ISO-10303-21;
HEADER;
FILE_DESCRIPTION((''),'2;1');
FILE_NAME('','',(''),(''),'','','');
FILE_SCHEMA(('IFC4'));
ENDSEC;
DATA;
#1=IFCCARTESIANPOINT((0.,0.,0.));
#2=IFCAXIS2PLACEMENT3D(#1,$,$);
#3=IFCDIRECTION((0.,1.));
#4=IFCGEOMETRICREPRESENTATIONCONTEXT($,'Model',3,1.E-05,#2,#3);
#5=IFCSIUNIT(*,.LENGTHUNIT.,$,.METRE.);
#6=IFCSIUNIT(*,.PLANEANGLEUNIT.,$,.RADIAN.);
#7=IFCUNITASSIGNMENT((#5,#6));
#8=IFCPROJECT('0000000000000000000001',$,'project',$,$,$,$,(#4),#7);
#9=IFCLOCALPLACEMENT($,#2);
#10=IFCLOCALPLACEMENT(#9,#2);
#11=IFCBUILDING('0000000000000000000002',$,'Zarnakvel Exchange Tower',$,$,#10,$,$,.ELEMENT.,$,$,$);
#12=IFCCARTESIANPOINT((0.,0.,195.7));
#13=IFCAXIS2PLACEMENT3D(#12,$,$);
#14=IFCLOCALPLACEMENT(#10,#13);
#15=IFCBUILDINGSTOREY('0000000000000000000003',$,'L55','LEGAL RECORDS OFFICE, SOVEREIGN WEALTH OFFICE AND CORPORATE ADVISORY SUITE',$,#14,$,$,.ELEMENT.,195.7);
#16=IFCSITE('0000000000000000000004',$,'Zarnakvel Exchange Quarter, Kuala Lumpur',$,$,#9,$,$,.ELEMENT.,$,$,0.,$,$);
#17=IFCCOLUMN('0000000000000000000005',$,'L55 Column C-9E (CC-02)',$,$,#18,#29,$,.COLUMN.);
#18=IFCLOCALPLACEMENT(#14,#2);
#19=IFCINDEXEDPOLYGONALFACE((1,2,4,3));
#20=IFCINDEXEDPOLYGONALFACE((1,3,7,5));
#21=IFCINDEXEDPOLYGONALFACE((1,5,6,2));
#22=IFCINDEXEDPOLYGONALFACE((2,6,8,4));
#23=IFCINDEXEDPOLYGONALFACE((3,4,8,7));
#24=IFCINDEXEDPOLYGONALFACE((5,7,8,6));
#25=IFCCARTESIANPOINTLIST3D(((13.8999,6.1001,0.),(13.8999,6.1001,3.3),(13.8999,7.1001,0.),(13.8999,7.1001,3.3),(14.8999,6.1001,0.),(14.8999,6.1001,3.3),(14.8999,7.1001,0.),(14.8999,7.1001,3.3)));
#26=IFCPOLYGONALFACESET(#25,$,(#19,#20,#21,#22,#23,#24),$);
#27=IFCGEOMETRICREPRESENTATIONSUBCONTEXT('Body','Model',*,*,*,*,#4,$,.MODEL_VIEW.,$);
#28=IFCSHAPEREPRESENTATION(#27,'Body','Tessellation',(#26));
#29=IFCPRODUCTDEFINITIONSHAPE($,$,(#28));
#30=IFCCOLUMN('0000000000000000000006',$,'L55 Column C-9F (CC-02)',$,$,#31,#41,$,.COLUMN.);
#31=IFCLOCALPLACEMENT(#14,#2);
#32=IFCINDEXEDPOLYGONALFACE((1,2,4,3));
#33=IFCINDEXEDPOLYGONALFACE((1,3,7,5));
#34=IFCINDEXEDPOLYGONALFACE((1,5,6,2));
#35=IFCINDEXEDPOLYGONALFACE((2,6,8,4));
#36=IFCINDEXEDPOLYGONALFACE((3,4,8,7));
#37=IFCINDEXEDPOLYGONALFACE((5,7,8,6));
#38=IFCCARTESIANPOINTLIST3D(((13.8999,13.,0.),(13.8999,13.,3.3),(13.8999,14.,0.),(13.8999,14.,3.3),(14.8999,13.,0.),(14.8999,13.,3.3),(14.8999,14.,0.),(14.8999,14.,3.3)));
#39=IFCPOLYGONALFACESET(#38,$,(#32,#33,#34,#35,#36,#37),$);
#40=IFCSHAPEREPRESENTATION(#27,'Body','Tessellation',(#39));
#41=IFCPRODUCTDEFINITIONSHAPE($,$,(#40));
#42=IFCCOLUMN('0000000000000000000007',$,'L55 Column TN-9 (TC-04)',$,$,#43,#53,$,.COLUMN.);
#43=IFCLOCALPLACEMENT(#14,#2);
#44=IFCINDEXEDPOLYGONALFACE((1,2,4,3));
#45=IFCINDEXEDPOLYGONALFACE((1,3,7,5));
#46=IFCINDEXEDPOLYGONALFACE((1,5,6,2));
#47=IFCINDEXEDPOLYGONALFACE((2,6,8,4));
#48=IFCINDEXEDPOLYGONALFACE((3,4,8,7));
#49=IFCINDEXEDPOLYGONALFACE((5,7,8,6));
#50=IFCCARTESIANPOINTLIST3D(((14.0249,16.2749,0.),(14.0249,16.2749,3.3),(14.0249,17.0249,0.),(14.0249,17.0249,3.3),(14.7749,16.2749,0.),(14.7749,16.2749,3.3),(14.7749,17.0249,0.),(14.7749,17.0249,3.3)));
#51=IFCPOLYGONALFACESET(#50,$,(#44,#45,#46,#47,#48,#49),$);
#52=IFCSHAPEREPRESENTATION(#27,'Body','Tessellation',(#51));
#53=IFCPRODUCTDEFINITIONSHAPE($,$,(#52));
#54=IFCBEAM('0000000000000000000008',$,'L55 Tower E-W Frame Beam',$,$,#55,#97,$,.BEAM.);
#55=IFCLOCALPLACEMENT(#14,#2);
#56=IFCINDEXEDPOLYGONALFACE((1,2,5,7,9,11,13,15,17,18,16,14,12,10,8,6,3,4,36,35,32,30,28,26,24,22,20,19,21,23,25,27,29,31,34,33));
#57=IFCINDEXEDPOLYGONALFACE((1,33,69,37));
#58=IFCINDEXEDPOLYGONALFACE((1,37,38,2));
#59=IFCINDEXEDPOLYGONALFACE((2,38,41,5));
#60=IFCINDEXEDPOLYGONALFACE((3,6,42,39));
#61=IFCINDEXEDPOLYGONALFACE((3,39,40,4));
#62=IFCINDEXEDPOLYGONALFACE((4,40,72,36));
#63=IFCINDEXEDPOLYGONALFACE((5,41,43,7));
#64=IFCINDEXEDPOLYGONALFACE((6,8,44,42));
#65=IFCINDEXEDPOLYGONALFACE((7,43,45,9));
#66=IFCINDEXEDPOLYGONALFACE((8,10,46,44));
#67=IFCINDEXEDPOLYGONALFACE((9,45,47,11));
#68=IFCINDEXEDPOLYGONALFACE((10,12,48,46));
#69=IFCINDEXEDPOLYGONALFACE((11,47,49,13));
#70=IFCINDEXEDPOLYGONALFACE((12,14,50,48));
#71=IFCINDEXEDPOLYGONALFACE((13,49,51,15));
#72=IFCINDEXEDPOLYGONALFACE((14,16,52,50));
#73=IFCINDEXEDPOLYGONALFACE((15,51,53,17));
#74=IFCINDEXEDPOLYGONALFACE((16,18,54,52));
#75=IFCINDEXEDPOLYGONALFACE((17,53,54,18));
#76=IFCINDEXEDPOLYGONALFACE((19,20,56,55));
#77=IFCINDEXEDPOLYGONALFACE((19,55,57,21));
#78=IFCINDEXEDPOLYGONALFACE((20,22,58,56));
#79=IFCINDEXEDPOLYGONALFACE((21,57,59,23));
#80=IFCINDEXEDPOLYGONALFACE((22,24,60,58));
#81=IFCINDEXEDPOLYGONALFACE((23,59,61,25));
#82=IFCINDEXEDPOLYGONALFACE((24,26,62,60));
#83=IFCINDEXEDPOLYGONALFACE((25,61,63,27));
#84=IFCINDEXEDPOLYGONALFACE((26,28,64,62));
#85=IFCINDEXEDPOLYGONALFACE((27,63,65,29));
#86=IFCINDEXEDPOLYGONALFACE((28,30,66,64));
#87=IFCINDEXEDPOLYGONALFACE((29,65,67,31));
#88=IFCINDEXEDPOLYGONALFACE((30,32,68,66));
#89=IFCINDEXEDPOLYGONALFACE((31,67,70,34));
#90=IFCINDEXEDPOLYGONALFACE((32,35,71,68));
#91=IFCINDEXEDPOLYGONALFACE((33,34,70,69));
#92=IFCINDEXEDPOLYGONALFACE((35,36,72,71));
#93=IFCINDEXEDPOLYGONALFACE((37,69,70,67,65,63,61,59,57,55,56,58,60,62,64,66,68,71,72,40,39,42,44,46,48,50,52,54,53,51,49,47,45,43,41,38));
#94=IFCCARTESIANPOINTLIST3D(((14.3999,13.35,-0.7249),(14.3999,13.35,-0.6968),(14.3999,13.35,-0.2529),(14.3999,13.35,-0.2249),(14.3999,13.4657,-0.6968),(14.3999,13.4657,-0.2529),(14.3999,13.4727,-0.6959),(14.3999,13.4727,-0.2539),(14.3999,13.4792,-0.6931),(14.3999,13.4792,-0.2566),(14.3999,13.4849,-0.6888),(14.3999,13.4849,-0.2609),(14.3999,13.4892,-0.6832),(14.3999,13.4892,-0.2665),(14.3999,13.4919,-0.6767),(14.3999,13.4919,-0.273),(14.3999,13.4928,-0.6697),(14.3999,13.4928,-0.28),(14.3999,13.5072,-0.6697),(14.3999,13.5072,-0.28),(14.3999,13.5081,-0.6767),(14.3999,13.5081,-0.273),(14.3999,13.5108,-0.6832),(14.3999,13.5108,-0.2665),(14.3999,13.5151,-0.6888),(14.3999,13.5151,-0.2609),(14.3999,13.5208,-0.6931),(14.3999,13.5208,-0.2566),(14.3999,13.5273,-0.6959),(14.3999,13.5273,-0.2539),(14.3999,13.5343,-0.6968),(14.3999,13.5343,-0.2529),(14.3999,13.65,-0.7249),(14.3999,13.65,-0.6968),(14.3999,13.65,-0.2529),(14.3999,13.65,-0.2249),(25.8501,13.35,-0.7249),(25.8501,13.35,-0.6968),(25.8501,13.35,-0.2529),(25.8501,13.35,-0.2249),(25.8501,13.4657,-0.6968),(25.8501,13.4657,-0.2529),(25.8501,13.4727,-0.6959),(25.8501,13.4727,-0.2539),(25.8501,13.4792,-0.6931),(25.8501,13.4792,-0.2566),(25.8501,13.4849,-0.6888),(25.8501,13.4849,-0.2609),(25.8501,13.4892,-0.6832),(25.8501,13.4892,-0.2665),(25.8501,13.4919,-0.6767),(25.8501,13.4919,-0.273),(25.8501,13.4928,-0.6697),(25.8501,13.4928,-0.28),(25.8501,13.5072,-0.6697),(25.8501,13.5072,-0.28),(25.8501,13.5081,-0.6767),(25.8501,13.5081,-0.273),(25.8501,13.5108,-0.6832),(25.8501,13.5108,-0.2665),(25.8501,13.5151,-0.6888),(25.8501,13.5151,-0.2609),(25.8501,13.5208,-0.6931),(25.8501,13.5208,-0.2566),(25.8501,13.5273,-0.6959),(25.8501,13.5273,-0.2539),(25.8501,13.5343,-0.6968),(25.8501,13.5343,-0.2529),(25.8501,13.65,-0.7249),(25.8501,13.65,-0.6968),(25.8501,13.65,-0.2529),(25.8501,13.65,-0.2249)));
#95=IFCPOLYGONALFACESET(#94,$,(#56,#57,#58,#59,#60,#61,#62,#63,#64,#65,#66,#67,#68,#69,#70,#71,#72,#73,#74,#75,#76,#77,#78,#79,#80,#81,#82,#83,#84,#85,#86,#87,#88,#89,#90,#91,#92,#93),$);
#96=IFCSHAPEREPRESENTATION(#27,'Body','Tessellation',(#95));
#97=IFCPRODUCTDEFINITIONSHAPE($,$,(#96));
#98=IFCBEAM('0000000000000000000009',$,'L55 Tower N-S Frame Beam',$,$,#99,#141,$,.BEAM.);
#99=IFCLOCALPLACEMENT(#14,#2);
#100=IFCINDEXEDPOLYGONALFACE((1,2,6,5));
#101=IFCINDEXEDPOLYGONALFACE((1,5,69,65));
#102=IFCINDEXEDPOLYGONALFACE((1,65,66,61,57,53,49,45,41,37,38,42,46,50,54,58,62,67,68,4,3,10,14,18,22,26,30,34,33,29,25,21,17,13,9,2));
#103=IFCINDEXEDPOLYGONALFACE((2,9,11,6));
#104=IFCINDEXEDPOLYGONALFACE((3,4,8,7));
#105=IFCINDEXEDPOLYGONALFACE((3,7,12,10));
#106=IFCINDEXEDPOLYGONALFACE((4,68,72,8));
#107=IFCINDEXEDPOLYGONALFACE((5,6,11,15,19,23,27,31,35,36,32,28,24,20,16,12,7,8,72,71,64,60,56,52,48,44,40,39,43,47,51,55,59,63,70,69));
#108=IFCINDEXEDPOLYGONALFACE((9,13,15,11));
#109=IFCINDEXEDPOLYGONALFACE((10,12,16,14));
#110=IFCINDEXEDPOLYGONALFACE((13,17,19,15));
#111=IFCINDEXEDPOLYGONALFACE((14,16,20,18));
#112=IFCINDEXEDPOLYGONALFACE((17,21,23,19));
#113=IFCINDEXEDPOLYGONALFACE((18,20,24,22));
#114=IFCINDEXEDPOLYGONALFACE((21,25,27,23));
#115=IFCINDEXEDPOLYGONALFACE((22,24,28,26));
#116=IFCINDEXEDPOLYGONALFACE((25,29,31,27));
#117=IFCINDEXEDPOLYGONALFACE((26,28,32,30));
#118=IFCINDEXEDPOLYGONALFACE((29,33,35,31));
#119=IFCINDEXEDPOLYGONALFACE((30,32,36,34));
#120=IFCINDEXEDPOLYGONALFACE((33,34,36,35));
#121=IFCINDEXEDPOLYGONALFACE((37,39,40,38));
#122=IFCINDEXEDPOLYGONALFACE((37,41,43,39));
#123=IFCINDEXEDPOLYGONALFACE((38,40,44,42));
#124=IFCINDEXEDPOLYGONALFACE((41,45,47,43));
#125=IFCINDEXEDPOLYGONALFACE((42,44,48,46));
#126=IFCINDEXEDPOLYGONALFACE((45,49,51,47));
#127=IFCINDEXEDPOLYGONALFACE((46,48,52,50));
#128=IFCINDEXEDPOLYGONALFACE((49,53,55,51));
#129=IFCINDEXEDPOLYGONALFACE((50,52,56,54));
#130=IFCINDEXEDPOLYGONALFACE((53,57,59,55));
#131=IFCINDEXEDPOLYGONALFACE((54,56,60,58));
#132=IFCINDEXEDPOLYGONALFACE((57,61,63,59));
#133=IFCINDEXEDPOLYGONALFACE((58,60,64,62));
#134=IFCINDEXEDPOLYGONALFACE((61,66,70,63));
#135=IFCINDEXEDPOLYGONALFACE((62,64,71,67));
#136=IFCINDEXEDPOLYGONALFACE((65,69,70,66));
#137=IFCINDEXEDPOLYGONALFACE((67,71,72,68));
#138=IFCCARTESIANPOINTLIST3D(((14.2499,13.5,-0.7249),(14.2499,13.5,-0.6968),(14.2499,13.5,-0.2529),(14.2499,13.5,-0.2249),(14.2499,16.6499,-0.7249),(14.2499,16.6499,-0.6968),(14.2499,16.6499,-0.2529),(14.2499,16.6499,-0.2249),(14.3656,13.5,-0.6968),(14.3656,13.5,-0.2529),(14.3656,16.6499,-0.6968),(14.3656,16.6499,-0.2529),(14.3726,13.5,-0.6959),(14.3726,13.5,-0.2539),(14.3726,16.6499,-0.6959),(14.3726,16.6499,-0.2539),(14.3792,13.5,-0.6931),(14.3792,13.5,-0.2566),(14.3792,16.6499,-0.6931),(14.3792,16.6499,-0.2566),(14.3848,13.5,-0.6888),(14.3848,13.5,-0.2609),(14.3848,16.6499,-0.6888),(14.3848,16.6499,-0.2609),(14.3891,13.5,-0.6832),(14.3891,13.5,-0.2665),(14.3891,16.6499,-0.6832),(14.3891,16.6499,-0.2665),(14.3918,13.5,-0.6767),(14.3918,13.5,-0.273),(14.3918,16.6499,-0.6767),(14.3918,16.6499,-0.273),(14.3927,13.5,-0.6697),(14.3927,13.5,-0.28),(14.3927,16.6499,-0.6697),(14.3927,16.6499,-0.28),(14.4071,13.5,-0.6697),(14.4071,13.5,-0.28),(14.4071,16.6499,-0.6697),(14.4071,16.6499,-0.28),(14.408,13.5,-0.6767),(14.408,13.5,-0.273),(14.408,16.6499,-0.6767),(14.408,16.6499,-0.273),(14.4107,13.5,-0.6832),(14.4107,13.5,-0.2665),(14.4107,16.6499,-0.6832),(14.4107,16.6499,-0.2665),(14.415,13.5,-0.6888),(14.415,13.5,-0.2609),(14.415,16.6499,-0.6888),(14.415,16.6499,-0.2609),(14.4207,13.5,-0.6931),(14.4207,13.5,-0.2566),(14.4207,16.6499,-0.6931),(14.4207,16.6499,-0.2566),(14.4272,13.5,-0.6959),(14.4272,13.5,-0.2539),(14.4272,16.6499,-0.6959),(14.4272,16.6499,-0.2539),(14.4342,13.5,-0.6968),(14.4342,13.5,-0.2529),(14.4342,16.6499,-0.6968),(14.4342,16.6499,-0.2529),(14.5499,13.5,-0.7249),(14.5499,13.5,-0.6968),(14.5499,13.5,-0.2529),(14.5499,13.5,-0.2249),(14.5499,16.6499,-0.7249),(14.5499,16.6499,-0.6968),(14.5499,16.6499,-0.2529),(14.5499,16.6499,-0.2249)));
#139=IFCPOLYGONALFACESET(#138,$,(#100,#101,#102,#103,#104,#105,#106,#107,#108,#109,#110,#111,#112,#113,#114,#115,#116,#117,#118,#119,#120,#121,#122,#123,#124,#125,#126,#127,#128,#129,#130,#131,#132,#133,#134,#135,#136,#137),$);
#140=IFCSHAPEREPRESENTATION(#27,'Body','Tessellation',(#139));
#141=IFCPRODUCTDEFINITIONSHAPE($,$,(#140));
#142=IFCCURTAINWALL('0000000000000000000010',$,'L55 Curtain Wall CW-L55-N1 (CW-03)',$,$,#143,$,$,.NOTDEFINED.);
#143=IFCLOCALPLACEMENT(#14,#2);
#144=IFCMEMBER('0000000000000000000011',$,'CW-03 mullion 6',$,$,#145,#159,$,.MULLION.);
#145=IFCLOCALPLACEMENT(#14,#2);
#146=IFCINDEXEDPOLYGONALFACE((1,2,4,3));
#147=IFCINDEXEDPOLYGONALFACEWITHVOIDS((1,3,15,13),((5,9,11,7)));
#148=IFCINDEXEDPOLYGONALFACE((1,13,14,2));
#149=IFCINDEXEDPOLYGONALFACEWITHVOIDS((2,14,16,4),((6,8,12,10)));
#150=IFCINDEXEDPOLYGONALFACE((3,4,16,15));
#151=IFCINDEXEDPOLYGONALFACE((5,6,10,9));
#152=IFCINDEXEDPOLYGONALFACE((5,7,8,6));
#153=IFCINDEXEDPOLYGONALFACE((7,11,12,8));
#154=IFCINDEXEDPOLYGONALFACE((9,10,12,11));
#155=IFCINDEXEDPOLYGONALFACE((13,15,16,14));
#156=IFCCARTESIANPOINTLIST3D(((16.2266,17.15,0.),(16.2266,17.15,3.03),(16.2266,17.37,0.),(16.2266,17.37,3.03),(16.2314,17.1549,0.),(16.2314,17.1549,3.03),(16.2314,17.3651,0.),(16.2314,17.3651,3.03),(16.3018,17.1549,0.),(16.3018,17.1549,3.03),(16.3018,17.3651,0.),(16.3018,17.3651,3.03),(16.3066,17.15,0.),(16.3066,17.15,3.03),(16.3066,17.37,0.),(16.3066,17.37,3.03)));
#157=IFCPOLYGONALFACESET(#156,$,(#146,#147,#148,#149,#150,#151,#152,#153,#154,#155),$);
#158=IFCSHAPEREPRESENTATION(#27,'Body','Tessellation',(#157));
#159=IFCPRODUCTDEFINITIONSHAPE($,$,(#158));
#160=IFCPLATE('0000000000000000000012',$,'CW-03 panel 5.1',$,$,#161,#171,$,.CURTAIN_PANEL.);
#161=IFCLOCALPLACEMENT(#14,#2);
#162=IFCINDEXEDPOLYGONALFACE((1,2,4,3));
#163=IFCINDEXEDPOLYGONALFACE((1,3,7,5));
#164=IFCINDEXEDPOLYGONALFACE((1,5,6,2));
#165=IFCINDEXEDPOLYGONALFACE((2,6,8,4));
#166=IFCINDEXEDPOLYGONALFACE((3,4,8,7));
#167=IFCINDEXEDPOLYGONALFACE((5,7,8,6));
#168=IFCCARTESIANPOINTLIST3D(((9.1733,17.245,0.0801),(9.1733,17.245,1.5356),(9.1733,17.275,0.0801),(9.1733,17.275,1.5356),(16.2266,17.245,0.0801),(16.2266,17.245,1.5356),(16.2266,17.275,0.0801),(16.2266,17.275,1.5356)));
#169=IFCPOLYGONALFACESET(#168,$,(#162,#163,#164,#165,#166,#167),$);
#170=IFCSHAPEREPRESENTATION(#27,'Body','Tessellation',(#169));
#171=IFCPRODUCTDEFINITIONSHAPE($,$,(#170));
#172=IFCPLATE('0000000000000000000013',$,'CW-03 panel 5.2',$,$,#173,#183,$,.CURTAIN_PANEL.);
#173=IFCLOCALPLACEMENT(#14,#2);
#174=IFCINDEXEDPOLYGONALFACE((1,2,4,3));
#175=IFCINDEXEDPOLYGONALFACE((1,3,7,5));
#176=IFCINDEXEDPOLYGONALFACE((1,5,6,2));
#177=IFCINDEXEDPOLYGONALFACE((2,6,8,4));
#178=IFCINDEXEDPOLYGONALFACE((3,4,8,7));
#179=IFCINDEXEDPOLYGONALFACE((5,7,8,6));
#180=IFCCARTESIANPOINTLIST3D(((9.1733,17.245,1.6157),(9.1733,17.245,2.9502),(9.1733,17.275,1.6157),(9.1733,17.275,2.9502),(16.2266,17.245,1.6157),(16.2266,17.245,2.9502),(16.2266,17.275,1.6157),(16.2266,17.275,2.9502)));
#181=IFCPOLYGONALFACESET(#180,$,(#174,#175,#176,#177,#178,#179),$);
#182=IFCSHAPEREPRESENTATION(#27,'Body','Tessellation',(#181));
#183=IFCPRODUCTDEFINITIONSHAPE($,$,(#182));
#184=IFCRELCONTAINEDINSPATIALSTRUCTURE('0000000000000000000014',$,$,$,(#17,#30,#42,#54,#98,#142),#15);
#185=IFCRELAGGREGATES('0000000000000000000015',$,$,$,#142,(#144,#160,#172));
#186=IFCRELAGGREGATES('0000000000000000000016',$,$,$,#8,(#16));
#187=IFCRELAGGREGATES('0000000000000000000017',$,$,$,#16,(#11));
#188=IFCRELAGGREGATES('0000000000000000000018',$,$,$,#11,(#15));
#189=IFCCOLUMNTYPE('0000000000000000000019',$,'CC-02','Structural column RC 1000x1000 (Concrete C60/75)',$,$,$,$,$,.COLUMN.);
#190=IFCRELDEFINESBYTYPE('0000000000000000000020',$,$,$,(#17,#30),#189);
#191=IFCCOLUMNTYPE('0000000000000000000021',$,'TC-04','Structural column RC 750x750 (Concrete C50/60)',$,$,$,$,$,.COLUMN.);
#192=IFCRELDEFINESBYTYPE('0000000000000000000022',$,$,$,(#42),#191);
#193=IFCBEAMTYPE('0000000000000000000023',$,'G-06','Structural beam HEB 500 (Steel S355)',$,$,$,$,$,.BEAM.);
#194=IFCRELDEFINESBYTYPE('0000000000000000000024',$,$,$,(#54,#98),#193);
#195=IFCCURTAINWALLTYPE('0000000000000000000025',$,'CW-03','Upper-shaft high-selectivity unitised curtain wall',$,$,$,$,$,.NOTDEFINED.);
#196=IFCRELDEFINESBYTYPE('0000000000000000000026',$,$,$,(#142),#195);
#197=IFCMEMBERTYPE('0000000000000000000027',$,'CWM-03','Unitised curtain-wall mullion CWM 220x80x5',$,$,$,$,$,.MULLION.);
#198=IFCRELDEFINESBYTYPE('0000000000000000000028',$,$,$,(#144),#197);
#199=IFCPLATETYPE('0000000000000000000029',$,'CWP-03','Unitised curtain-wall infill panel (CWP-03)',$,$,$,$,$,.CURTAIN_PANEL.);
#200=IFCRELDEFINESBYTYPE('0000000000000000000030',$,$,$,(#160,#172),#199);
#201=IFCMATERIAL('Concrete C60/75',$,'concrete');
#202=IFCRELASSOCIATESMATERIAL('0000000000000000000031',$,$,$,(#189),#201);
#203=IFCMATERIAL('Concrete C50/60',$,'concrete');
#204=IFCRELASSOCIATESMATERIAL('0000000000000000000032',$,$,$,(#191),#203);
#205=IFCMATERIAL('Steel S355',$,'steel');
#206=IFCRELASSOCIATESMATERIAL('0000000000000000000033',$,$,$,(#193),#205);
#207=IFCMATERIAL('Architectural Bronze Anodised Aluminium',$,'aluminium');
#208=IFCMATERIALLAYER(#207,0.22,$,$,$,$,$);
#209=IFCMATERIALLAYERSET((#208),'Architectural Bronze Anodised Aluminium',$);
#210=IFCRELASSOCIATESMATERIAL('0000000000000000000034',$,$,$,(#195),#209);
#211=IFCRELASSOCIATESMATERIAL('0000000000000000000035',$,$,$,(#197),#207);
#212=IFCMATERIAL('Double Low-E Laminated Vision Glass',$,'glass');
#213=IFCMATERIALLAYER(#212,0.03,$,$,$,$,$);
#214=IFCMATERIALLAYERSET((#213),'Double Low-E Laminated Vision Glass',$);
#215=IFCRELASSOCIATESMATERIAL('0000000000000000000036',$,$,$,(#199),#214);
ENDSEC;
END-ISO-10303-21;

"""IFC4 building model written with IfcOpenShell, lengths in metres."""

from ifc_helpers import new_model, si_unit, direction, frame, origin, origin_2d, place, context, subcontext, project, spatial, rectangle, hollow_rectangle, i_section, extrude, source, transform, mapped, material, layer, layer_set, material_profile, profile_set, type_object, element, aggregate, save


model = new_model("IFC4")

# Units and contexts
model_context = context("Model", 3, precision=1e-05, world=origin(), true_north=direction((0.0, 1.0)))
body_context = subcontext(model_context, "Body", "Model", "MODEL_VIEW")
ifc_project = project(units=[si_unit("LENGTHUNIT", "METRE"), si_unit("PLANEANGLEUNIT", "RADIAN")], contexts=[model_context])

# Site, building, storey
site_placement = place(None, origin())
site = spatial("IfcSite", under=ifc_project, at=site_placement, Name="Zarnakvel Exchange Quarter, Kuala Lumpur", CompositionType="ELEMENT", RefElevation=0.0)
building_placement = place(site_placement, origin())
building = spatial("IfcBuilding", under=site, at=building_placement, Name="Zarnakvel Exchange Tower", CompositionType="ELEMENT")
storey_placement = place(building_placement, frame((0.0, 0.0, 195.7)))
storey = spatial("IfcBuildingStorey", under=building, at=storey_placement, Name="L55", Description="LEGAL RECORDS OFFICE, SOVEREIGN WEALTH OFFICE AND CORPORATE ADVISORY SUITE", CompositionType="ELEMENT", Elevation=195.7)

# Columns
ifc_material_1 = material(Name="Concrete C60/75", Category="concrete")
ifc_material_profile_1 = material_profile(ifc_material_1, rectangle(XDim=1.0, YDim=1.0, at=origin_2d()))
ifc_profile_set_1 = profile_set([ifc_material_profile_1], Name="Concrete C60/75")
column_type_1 = type_object("IfcColumnType", Name="CC-02", Description="Structural column RC 1000x1000 (Concrete C60/75)", PredefinedType="COLUMN", material=ifc_profile_set_1)
for number, where, z_axis, x_axis, name in (
    (1, (14.3999, 6.6001, 0.0), (0.0, 0.0, 1.0), (1.0, 0.0, 0.0), "L55 Column C-9E (CC-02)"),
    (2, (14.3999, 13.5, 0.0), (0.0, 0.0, 1.0), (1.0, 0.0, 0.0), "L55 Column C-9F (CC-02)"),
):
    element("IfcColumn", number, at=place(storey_placement, frame(where, z_axis=z_axis, x_axis=x_axis)), inside=storey, type_object=column_type_1, Name=name, PredefinedType="COLUMN", context=body_context, shape_type="SweptSolid", body=[
        extrude(rectangle(XDim=1.0, YDim=1.0, at=origin_2d()), origin(), (0.0, 0.0, 1.0), 3.3),
    ])
ifc_material_2 = material(Name="Concrete C50/60", Category="concrete")
ifc_material_profile_2 = material_profile(ifc_material_2, rectangle(XDim=0.75, YDim=0.75, at=origin_2d()))
ifc_profile_set_2 = profile_set([ifc_material_profile_2], Name="Concrete C50/60")
column_type_2 = type_object("IfcColumnType", Name="TC-04", Description="Structural column RC 750x750 (Concrete C50/60)", PredefinedType="COLUMN", material=ifc_profile_set_2)
column_placement = place(storey_placement, frame((14.3999, 16.6499, 0.0), z_axis=(0.0, 0.0, 1.0), x_axis=(1.0, 0.0, 0.0)))
element("IfcColumn", 3, at=column_placement, inside=storey, type_object=column_type_2, Name="L55 Column TN-9 (TC-04)", PredefinedType="COLUMN", context=body_context, shape_type="SweptSolid", body=[
    extrude(rectangle(XDim=0.75, YDim=0.75, at=origin_2d()), origin(), (0.0, 0.0, 1.0), 3.3),
])

# Beams
ifc_material_3 = material(Name="Steel S355", Category="steel")
ifc_material_profile_3 = material_profile(ifc_material_3, i_section(OverallWidth=0.3, OverallDepth=0.5, WebThickness=0.0144, FlangeThickness=0.0281, FilletRadius=0.0271, at=origin_2d()))
ifc_profile_set_3 = profile_set([ifc_material_profile_3], Name="Steel S355")
beam_type = type_object("IfcBeamType", Name="G-06", Description="Structural beam HEB 500 (Steel S355)", PredefinedType="BEAM", material=ifc_profile_set_3)
beam_1_placement = place(storey_placement, frame((14.3999, 13.5, -0.4749), z_axis=(1.0, 0.0, 0.0), x_axis=(0.0, 1.0, 0.0)))
element("IfcBeam", 4, at=beam_1_placement, inside=storey, type_object=beam_type, Name="L55 Tower E-W Frame Beam", PredefinedType="BEAM", context=body_context, shape_type="SweptSolid", body=[
    extrude(i_section(OverallWidth=0.3, OverallDepth=0.5, WebThickness=0.0144, FlangeThickness=0.0281, FilletRadius=0.0271, at=origin_2d()), origin(), (0.0, 0.0, 1.0), 11.4502),
])
beam_2_placement = place(storey_placement, frame((14.3999, 13.5, -0.4749), z_axis=(0.0, 1.0, 0.0), x_axis=(-1.0, 0.0, 0.0)))
element("IfcBeam", 5, at=beam_2_placement, inside=storey, type_object=beam_type, Name="L55 Tower N-S Frame Beam", PredefinedType="BEAM", context=body_context, shape_type="SweptSolid", body=[
    extrude(i_section(OverallWidth=0.3, OverallDepth=0.5, WebThickness=0.0144, FlangeThickness=0.0281, FilletRadius=0.0271, at=origin_2d()), origin(), (0.0, 0.0, 1.0), 3.1499),
])

# Curtain wall, member, plates
ifc_material_4 = material(Name="Architectural Bronze Anodised Aluminium", Category="aluminium")
ifc_layer_1 = layer(ifc_material_4, 0.22)
ifc_layer_set_1 = layer_set([ifc_layer_1], Name="Architectural Bronze Anodised Aluminium")
curtain_wall_type = type_object("IfcCurtainWallType", Name="CW-03", Description="Upper-shaft high-selectivity unitised curtain wall", PredefinedType="NOTDEFINED", material=ifc_layer_set_1)
curtain_wall_placement = place(storey_placement, origin())
curtain_wall = element("IfcCurtainWall", 6, at=curtain_wall_placement, inside=storey, type_object=curtain_wall_type, Name="L55 Curtain Wall CW-L55-N1 (CW-03)", PredefinedType="NOTDEFINED")
ifc_material_profile_4 = material_profile(ifc_material_4, hollow_rectangle(XDim=0.22, YDim=0.0801, WallThickness=0.0049, at=origin_2d()))
ifc_profile_set_4 = profile_set([ifc_material_profile_4], Name="Architectural Bronze Anodised Aluminium")
member_type = type_object("IfcMemberType", Name="CWM-03", Description="Unitised curtain-wall mullion CWM 220x80x5", PredefinedType="MULLION", material=ifc_profile_set_4)
shared_shape_1 = source(origin(), body_context, "Body", "SweptSolid", [
    extrude(hollow_rectangle(XDim=0.22, YDim=0.0801, WallThickness=0.0049, at=origin_2d()), origin(), (0.0, 0.0, 1.0), 3.03),
])
member_placement = place(storey_placement, frame((16.2666, 17.26, 0.0), z_axis=(0.0, 0.0, 1.0), x_axis=(0.0, 1.0, 0.0)))
member = element("IfcMember", 7, at=member_placement, type_object=member_type, Name="CW-03 mullion 6", PredefinedType="MULLION", context=body_context, shape_type="MappedRepresentation", body=[
    mapped(shared_shape_1, transform((0.0, 0.0, 0.0), x_axis=(1.0, 0.0, 0.0), y_axis=(0.0, 1.0, 0.0), z_axis=(0.0, 0.0, 1.0), scale=1.0)),
])
ifc_material_5 = material(Name="Double Low-E Laminated Vision Glass", Category="glass")
ifc_layer_2 = layer(ifc_material_5, 0.03)
ifc_layer_set_2 = layer_set([ifc_layer_2], Name="Double Low-E Laminated Vision Glass")
plate_type = type_object("IfcPlateType", Name="CWP-03", Description="Unitised curtain-wall infill panel (CWP-03)", PredefinedType="CURTAIN_PANEL", material=ifc_layer_set_2)
shared_shape_2 = source(origin(), body_context, "Body", "SweptSolid", [
    extrude(rectangle(XDim=7.0532, YDim=0.03, at=origin_2d()), origin(), (0.0, 0.0, 1.0), 1.4556),
])
plate_1_placement = place(storey_placement, frame((12.7, 17.26, 0.0801), z_axis=(0.0, 0.0, 1.0), x_axis=(1.0, 0.0, 0.0)))
plate_1 = element("IfcPlate", 8, at=plate_1_placement, type_object=plate_type, Name="CW-03 panel 5.1", PredefinedType="CURTAIN_PANEL", context=body_context, shape_type="MappedRepresentation", body=[
    mapped(shared_shape_2, transform((0.0, 0.0, 0.0), x_axis=(1.0, 0.0, 0.0), y_axis=(0.0, 1.0, 0.0), z_axis=(0.0, 0.0, 1.0), scale=1.0)),
])
shared_shape_3 = source(origin(), body_context, "Body", "SweptSolid", [
    extrude(rectangle(XDim=7.0532, YDim=0.03, at=origin_2d()), origin(), (0.0, 0.0, 1.0), 1.3345),
])
plate_2_placement = place(storey_placement, frame((12.7, 17.26, 1.6157), z_axis=(0.0, 0.0, 1.0), x_axis=(1.0, 0.0, 0.0)))
plate_2 = element("IfcPlate", 9, at=plate_2_placement, type_object=plate_type, Name="CW-03 panel 5.2", PredefinedType="CURTAIN_PANEL", context=body_context, shape_type="MappedRepresentation", body=[
    mapped(shared_shape_3, transform((0.0, 0.0, 0.0), x_axis=(1.0, 0.0, 0.0), y_axis=(0.0, 1.0, 0.0), z_axis=(0.0, 0.0, 1.0), scale=1.0)),
])
aggregate(curtain_wall, [member, plate_1, plate_2])

save(model, "model.ifc")
